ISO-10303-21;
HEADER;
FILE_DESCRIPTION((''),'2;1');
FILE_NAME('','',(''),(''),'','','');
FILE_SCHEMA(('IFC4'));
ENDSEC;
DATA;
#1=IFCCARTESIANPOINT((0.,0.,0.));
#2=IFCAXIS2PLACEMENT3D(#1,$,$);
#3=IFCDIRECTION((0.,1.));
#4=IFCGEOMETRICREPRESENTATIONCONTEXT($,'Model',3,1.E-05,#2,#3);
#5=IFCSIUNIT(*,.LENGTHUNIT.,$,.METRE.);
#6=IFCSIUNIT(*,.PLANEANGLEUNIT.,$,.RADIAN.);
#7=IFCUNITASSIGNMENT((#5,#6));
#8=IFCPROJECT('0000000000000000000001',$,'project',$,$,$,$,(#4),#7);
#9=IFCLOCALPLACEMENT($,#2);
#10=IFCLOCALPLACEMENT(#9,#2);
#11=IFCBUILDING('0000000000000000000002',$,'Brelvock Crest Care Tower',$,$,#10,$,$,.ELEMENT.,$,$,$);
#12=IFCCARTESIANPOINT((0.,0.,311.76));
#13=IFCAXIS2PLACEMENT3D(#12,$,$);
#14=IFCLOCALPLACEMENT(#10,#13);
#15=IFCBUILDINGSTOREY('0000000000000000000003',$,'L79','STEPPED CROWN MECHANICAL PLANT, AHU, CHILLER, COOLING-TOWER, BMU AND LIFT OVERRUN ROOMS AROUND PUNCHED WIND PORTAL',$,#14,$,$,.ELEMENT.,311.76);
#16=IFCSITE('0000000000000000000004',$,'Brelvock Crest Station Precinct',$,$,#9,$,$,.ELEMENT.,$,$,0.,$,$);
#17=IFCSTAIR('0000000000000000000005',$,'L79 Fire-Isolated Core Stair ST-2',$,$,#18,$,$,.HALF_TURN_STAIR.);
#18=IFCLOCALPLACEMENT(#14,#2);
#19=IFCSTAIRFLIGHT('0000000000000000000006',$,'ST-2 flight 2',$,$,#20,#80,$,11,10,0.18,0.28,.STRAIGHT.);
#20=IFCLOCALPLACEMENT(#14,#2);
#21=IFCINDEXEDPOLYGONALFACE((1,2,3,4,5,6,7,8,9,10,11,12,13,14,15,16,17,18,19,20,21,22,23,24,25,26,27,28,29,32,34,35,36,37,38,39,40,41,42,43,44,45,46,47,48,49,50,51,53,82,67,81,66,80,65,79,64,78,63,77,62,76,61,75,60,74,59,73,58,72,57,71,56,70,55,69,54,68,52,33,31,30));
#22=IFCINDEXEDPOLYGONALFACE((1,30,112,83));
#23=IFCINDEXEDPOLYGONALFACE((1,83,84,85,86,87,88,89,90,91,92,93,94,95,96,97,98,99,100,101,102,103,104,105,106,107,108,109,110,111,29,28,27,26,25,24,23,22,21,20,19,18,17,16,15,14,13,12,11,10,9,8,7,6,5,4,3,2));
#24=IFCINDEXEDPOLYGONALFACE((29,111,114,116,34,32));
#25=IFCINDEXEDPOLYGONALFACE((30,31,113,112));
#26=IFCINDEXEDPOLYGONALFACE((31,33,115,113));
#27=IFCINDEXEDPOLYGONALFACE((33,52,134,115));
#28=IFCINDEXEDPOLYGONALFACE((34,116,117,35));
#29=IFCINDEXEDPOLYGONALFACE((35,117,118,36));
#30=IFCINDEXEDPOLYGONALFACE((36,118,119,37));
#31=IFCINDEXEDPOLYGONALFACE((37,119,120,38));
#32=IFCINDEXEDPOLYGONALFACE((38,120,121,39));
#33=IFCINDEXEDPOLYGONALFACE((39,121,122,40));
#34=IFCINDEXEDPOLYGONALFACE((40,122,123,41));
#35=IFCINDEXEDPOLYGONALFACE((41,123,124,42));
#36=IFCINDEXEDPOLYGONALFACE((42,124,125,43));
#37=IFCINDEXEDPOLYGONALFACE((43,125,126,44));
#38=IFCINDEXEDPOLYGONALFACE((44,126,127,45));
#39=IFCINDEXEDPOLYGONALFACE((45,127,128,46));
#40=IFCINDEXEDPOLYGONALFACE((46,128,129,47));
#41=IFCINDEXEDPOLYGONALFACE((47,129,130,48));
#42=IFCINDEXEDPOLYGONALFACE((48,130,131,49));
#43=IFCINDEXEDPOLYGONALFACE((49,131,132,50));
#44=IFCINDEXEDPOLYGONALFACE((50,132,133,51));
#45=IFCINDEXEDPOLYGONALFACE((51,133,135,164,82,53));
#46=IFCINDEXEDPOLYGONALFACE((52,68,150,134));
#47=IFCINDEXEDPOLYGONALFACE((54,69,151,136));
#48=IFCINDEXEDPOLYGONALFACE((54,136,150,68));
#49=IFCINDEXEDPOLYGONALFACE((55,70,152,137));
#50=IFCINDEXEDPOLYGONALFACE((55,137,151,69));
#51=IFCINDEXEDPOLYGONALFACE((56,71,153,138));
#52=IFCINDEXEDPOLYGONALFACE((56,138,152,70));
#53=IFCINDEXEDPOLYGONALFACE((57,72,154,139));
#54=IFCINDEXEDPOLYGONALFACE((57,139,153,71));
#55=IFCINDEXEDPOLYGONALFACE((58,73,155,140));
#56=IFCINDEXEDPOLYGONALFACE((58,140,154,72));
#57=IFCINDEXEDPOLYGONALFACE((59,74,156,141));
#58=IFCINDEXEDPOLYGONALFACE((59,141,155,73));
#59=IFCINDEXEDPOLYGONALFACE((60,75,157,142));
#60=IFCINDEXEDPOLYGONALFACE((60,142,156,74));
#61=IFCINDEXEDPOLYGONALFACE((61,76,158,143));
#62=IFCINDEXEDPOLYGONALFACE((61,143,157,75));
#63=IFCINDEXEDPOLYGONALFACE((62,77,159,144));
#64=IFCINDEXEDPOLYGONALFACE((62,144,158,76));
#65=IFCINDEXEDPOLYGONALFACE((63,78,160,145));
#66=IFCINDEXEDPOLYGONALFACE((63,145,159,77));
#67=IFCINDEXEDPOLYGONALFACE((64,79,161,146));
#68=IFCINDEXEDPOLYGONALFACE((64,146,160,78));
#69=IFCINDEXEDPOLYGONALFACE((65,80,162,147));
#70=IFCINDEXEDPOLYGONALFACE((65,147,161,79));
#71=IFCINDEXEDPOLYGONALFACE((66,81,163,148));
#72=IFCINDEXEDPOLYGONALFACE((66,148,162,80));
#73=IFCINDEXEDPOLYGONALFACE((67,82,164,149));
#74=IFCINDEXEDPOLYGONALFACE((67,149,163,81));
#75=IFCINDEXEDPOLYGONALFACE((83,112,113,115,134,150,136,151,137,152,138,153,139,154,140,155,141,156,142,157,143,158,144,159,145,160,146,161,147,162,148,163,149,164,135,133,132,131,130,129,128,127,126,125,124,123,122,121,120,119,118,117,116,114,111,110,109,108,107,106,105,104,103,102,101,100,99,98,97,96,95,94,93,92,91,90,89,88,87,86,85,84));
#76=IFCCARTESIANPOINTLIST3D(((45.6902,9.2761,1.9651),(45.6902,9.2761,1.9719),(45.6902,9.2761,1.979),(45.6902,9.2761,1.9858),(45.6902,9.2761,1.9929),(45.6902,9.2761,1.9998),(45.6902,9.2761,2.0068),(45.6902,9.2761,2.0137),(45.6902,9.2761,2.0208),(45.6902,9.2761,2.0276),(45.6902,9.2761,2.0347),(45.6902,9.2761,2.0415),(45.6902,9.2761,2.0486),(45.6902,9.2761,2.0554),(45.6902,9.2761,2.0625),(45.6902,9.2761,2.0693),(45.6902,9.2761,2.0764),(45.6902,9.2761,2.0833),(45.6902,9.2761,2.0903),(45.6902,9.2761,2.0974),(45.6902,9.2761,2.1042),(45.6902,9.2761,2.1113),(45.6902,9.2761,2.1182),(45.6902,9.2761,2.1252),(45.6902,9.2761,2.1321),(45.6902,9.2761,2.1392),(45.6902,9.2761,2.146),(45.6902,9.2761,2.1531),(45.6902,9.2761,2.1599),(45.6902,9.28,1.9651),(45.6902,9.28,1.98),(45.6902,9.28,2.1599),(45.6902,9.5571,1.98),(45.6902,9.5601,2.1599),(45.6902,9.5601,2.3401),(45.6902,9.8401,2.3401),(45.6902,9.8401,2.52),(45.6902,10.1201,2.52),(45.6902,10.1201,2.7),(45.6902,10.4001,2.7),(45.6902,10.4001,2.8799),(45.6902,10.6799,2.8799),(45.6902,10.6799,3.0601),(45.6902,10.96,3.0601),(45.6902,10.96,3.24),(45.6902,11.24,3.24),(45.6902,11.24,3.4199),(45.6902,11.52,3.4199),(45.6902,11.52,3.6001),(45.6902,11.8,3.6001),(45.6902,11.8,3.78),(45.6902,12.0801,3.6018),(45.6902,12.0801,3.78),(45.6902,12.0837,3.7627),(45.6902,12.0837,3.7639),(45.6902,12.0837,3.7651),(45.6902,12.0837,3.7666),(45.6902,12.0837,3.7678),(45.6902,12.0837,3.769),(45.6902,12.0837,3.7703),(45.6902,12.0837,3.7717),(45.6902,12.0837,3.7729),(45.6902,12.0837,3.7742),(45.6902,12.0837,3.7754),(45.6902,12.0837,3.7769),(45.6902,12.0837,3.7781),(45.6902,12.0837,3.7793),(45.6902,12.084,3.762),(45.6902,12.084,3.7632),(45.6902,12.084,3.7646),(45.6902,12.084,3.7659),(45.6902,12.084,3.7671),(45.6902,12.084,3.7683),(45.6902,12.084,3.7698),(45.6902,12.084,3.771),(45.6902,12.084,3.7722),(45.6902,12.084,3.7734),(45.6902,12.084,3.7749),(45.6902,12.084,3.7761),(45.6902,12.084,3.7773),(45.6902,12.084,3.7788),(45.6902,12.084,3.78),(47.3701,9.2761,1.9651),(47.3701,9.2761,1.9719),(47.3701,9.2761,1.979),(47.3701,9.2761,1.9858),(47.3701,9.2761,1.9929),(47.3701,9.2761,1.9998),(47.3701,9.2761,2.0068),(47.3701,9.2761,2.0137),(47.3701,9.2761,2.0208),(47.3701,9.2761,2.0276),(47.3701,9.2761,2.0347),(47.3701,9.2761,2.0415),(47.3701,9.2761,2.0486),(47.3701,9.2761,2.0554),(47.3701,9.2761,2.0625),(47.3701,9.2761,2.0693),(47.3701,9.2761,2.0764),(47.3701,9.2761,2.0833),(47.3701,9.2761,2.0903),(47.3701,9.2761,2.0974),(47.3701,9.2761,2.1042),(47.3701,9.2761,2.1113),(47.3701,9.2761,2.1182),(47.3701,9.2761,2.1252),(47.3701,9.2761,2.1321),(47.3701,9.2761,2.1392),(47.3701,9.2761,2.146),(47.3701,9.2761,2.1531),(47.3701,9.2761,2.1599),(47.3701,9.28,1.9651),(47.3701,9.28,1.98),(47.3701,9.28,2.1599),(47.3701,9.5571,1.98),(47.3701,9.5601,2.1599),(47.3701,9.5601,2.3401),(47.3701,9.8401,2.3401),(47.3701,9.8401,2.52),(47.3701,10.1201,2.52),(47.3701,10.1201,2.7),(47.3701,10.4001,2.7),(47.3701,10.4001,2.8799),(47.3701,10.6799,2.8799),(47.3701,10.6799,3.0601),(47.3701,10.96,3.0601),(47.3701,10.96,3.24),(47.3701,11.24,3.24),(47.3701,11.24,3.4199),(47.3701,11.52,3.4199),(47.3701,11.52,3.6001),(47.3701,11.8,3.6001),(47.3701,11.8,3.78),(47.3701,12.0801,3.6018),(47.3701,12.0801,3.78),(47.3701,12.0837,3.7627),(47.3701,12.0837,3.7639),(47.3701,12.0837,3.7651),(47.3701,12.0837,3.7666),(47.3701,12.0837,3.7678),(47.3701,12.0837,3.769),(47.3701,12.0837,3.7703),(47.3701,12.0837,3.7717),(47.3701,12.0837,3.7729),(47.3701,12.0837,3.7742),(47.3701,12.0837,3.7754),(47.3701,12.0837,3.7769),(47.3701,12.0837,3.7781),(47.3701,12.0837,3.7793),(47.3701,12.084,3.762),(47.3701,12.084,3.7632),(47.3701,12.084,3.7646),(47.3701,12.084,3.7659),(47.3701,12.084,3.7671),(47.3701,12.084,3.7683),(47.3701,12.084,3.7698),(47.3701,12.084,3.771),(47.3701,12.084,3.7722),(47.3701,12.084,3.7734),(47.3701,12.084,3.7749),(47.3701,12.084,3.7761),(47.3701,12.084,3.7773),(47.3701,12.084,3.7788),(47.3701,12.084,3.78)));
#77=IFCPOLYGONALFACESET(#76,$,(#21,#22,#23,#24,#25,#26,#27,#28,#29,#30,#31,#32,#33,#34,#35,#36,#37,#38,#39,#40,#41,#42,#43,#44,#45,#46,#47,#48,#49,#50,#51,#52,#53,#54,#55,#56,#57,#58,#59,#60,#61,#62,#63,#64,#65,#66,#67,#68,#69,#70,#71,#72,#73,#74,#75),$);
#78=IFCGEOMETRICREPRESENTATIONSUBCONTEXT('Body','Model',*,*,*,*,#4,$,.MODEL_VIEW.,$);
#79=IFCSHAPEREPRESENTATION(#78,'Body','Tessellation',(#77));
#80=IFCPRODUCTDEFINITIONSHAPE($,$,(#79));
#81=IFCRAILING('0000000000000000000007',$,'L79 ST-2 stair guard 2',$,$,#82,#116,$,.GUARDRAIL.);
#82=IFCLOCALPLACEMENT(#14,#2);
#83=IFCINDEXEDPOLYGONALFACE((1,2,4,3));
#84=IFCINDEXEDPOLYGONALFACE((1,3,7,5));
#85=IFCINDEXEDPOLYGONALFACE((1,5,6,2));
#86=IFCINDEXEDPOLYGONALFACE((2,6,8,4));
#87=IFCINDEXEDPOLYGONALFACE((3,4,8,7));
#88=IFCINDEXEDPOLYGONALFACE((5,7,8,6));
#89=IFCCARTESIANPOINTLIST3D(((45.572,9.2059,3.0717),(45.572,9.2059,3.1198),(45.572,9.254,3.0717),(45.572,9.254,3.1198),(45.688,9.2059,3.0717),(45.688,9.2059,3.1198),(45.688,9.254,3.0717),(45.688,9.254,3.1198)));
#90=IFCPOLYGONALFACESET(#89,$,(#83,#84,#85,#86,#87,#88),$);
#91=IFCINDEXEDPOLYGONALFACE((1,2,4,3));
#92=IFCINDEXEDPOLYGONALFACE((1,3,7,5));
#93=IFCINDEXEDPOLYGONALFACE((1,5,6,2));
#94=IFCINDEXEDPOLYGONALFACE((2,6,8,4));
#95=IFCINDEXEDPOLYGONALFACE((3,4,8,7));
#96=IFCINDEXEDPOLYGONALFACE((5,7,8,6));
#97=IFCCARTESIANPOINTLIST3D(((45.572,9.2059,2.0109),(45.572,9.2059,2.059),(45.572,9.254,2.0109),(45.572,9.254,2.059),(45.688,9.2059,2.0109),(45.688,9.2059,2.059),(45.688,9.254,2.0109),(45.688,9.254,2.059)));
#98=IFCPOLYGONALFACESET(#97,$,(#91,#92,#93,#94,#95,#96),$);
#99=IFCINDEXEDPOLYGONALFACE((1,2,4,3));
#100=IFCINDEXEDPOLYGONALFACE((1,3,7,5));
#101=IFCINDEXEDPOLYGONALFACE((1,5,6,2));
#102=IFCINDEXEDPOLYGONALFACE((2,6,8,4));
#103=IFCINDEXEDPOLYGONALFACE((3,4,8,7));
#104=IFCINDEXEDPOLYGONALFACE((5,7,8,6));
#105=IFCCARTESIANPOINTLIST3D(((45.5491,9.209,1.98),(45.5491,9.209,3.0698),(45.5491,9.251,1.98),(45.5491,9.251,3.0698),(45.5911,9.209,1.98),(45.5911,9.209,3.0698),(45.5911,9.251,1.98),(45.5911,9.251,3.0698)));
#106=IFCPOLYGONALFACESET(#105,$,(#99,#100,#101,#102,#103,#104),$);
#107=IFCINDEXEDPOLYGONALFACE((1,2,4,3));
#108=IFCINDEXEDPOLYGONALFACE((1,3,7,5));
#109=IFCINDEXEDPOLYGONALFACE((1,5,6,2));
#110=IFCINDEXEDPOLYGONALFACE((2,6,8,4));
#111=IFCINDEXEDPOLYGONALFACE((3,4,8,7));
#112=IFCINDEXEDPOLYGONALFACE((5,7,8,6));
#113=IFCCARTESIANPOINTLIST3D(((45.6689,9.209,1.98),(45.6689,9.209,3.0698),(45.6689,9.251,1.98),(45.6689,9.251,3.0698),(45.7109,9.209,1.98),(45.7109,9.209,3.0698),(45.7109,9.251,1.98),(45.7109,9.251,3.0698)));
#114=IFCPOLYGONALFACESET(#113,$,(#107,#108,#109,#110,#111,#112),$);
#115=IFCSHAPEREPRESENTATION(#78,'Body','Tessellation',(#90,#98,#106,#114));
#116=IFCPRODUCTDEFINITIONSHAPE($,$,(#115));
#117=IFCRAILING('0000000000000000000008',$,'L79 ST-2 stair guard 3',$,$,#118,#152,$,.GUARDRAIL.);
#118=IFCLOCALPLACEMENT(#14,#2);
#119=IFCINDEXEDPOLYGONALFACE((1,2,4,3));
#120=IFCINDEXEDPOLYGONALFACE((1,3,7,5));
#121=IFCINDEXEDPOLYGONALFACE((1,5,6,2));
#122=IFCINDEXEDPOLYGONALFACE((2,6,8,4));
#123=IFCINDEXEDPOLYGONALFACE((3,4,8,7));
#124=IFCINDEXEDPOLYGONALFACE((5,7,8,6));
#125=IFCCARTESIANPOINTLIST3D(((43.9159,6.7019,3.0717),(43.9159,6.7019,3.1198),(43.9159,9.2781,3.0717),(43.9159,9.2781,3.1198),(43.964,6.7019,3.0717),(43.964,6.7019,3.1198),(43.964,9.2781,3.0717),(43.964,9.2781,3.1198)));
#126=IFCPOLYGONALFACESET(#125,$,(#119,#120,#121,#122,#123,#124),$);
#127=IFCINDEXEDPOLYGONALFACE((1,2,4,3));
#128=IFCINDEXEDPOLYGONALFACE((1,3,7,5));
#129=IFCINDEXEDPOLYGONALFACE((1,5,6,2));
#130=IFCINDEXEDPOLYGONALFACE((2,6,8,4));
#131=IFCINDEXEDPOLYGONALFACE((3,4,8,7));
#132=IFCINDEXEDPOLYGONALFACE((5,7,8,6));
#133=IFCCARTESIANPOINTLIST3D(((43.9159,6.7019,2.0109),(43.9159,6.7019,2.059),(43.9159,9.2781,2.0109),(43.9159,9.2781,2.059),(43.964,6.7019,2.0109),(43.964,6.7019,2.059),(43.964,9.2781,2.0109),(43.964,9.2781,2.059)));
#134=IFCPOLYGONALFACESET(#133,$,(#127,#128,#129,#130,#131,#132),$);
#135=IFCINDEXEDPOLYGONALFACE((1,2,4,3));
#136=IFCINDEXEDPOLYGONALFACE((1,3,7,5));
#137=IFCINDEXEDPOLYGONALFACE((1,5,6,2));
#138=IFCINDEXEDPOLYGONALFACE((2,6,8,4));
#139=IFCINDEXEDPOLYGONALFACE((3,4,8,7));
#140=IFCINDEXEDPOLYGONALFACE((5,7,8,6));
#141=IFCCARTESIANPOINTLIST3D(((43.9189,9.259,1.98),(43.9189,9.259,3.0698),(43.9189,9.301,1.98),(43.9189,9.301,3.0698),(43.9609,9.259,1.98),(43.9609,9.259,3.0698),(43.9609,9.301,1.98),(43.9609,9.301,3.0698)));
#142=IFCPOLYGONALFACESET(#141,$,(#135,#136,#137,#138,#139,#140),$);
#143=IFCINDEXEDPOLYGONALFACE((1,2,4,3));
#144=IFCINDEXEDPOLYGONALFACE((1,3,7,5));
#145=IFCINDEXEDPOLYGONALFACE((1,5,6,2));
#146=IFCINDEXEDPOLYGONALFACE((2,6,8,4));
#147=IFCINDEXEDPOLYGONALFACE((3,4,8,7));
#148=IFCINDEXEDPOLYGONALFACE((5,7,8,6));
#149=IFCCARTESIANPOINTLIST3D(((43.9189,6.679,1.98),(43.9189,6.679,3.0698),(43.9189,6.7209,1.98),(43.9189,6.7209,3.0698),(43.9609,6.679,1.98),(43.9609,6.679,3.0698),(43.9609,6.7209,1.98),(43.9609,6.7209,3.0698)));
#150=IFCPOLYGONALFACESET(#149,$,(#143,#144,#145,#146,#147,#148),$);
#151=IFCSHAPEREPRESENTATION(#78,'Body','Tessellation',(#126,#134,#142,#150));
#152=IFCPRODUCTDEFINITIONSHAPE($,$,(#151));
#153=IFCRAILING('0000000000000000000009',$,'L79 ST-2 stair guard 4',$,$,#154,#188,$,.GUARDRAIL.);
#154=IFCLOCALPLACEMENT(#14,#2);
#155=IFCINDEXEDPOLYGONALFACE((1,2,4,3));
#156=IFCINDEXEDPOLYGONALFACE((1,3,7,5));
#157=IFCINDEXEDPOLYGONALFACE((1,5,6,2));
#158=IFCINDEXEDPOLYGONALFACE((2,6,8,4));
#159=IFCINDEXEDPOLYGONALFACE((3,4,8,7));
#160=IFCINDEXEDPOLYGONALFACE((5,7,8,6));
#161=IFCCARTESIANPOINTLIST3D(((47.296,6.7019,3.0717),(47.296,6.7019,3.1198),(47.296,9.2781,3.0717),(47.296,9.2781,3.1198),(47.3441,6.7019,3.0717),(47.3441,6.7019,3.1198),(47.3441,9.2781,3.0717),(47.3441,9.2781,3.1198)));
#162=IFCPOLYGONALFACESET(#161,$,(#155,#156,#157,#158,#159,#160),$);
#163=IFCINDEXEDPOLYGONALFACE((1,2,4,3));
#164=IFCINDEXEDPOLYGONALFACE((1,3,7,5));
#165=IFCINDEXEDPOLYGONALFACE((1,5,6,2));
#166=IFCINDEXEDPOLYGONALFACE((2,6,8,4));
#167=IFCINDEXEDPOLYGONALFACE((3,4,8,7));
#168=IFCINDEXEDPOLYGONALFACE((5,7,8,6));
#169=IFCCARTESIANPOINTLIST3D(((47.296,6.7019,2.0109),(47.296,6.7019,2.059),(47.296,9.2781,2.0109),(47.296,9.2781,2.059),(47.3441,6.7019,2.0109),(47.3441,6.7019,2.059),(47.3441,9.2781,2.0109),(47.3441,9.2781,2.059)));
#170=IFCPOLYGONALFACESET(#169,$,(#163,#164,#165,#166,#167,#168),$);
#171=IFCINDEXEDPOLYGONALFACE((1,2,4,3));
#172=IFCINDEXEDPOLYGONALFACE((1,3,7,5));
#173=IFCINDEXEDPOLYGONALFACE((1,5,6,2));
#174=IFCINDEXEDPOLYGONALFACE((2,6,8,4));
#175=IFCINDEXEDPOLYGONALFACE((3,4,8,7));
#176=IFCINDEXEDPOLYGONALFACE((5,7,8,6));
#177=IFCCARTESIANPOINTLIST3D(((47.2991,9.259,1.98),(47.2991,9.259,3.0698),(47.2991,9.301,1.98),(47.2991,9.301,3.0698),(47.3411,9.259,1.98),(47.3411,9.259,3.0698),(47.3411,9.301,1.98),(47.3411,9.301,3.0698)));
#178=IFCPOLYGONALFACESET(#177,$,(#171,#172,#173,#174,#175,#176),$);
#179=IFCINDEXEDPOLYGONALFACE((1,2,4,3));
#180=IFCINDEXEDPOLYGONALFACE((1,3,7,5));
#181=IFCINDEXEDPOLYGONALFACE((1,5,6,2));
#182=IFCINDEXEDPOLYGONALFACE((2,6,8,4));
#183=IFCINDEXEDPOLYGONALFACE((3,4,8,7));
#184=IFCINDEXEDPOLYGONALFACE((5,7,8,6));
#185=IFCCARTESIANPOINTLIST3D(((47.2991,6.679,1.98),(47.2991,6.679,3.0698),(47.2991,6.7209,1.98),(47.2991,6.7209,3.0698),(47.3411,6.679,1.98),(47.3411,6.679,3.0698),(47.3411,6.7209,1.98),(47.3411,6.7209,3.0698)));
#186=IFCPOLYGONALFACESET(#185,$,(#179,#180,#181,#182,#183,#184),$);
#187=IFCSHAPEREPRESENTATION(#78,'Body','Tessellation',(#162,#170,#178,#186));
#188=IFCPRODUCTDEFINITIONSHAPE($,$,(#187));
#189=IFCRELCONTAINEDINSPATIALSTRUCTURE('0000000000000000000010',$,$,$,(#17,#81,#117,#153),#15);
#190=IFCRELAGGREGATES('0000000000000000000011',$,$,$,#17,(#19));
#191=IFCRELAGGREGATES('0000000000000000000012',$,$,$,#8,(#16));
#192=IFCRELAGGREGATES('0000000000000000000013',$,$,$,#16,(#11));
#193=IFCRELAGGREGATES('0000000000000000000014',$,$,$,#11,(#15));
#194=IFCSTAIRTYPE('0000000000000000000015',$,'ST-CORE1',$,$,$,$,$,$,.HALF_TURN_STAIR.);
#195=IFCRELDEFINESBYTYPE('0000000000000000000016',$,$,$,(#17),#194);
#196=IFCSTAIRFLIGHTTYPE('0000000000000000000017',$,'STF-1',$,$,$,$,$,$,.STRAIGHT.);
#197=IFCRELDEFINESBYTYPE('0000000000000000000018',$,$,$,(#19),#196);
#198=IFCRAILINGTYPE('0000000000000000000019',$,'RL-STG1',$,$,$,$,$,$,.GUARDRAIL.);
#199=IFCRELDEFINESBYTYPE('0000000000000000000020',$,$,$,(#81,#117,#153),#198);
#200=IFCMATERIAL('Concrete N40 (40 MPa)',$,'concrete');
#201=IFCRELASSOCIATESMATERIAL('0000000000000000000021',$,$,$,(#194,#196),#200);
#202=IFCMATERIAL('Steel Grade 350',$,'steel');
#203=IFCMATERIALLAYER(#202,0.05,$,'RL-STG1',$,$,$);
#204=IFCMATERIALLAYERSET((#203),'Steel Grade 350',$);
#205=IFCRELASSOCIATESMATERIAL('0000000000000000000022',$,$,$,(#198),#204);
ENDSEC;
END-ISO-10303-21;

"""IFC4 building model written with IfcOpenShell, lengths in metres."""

from ifc_helpers import new_model, si_unit, direction, frame, origin, origin_2d, place, context, subcontext, project, spatial, polyline, rectangle, outline, extrude, material, layer, layer_set, type_object, element, aggregate, save


model = new_model("IFC4")

# Units and contexts
model_context = context("Model", 3, precision=1e-05, world=origin(), true_north=direction((0.0, 1.0)))
body_context = subcontext(model_context, "Body", "Model", "MODEL_VIEW")
ifc_project = project(units=[si_unit("LENGTHUNIT", "METRE"), si_unit("PLANEANGLEUNIT", "RADIAN")], contexts=[model_context])

# Site, building, storey
site_placement = place(None, origin())
site = spatial("IfcSite", under=ifc_project, at=site_placement, Name="Brelvock Crest Station Precinct", CompositionType="ELEMENT", RefElevation=0.0)
building_placement = place(site_placement, origin())
building = spatial("IfcBuilding", under=site, at=building_placement, Name="Brelvock Crest Care Tower", CompositionType="ELEMENT")
storey_placement = place(building_placement, frame((0.0, 0.0, 311.76)))
storey = spatial("IfcBuildingStorey", under=building, at=storey_placement, Name="L79", Description="STEPPED CROWN MECHANICAL PLANT, AHU, CHILLER, COOLING-TOWER, BMU AND LIFT OVERRUN ROOMS AROUND PUNCHED WIND PORTAL", CompositionType="ELEMENT", Elevation=311.76)

# Shared definitions
ifc_material_1 = material(Name="Steel Grade 350", Category="steel")

# Stair, stair flight
ifc_material_2 = material(Name="Concrete N40 (40 MPa)", Category="concrete")
stair_type = type_object("IfcStairType", Name="ST-CORE1", PredefinedType="HALF_TURN_STAIR", material=ifc_material_2)
stair_placement = place(storey_placement, origin())
stair = element("IfcStair", 1, at=stair_placement, inside=storey, type_object=stair_type, Name="L79 Fire-Isolated Core Stair ST-2", PredefinedType="HALF_TURN_STAIR")
stair_flight_type = type_object("IfcStairFlightType", Name="STF-1", PredefinedType="STRAIGHT", material=ifc_material_2)
stair_flight_1_placement = place(storey_placement, frame((46.53, 9.28, 1.98), z_axis=(0.0, 0.0, 1.0), x_axis=(0.0, 1.0, 0.0)))
stair_flight_1 = element("IfcStairFlight", 2, at=stair_flight_1_placement, type_object=stair_flight_type, Name="ST-2 flight 2", NumberOfRisers=11, NumberOfTreads=10, PredefinedType="STRAIGHT", RiserHeight=0.18, TreadLength=0.28, context=body_context, shape_type="SweptSolid", body=[
    extrude(outline(polyline([(-0.0039, -0.0149), (-0.0039, -0.0081), (-0.0039, -0.001), (-0.0039, 0.0059), (-0.0039, 0.0129), (-0.0039, 0.0198), (-0.0039, 0.0269), (-0.0039, 0.0337), (-0.0039, 0.0408), (-0.0039, 0.0476), (-0.0039, 0.0547), (-0.0039, 0.0615), (-0.0039, 0.0686), (-0.0039, 0.0754), (-0.0039, 0.0825), (-0.0039, 0.0894), (-0.0039, 0.0964), (-0.0039, 0.1033), (-0.0039, 0.1104), (-0.0039, 0.1174), (-0.0039, 0.1243), (-0.0039, 0.1313), (-0.0039, 0.1382), (-0.0039, 0.1453), (-0.0039, 0.1521), (-0.0039, 0.1592), (-0.0039, 0.166), (-0.0039, 0.1731), (-0.0039, 0.1799), (0.0, 0.1799), (0.28, 0.1799), (0.28, 0.3601), (0.5601, 0.3601), (0.5601, 0.54), (0.8401, 0.54), (0.8401, 0.72), (1.1201, 0.72), (1.1201, 0.8999), (1.3999, 0.8999), (1.3999, 1.0801), (1.6799, 1.0801), (1.6799, 1.26), (1.96, 1.26), (1.96, 1.4399), (2.24, 1.4399), (2.24, 1.6201), (2.52, 1.6201), (2.52, 1.8), (2.8, 1.8), (2.804, 1.8), (2.8037, 1.7993), (2.804, 1.7988), (2.8037, 1.7981), (2.804, 1.7974), (2.8037, 1.7969), (2.804, 1.7961), (2.8037, 1.7954), (2.804, 1.7949), (2.8037, 1.7942), (2.804, 1.7935), (2.8037, 1.793), (2.804, 1.7922), (2.8037, 1.7917), (2.804, 1.791), (2.8037, 1.7903), (2.804, 1.7898), (2.8037, 1.7891), (2.804, 1.7883), (2.8037, 1.7878), (2.804, 1.7871), (2.8037, 1.7866), (2.804, 1.7859), (2.8037, 1.7852), (2.804, 1.7847), (2.8037, 1.7839), (2.804, 1.7832), (2.8037, 1.7827), (2.804, 1.782), (2.8, 1.6218), (0.2771, 0.0), (0.0, 0.0), (0.0, -0.0149), (-0.0039, -0.0149)])), frame((0.0, 0.8398, 0.0), z_axis=(0.0, -1.0, 0.0), x_axis=(1.0, 0.0, 0.0)), (0.0, 0.0, 1.0), 1.6799),
])
aggregate(stair, [stair_flight_1])

# Railings
ifc_layer_1 = layer(ifc_material_1, 0.05, Name="RL-STG1")
ifc_layer_set_1 = layer_set([ifc_layer_1], Name="Steel Grade 350")
railing_type_1 = type_object("IfcRailingType", Name="RL-STG1", PredefinedType="GUARDRAIL", material=ifc_layer_set_1)
railing_1_placement = place(storey_placement, frame((45.5701, 9.23, 1.98)))
element("IfcRailing", 3, at=railing_1_placement, inside=storey, type_object=railing_type_1, Name="L79 ST-2 stair guard 2", PredefinedType="GUARDRAIL", context=body_context, shape_type="SweptSolid", body=[
    extrude(rectangle(XDim=0.0481, YDim=0.0481, at=origin_2d()), frame((0.002, 0.0, 1.1157), z_axis=(1.0, 0.0, 0.0), x_axis=(0.0, 1.0, 0.0)), (0.0, 0.0, 1.0), 0.116),
    extrude(rectangle(XDim=0.0481, YDim=0.0481, at=origin_2d()), frame((0.002, 0.0, 0.0549), z_axis=(1.0, 0.0, 0.0), x_axis=(0.0, 1.0, 0.0)), (0.0, 0.0, 1.0), 0.116),
    extrude(rectangle(XDim=0.042, YDim=0.042, at=origin_2d()), origin(), (0.0, 0.0, 1.0), 1.0898),
    extrude(rectangle(XDim=0.042, YDim=0.042, at=origin_2d()), frame((0.1199, 0.0, 0.0)), (0.0, 0.0, 1.0), 1.0898),
])
for number, where, name in (
    (4, (43.9399, 9.28, 1.98), "L79 ST-2 stair guard 3"),
    (5, (47.3201, 9.28, 1.98), "L79 ST-2 stair guard 4"),
):
    element("IfcRailing", number, at=place(storey_placement, frame(where)), inside=storey, type_object=railing_type_1, Name=name, PredefinedType="GUARDRAIL", context=body_context, shape_type="SweptSolid", body=[
        extrude(rectangle(XDim=0.0481, YDim=0.0481, at=origin_2d()), frame((0.0, -0.002, 1.1157), z_axis=(0.0, -1.0, 0.0), x_axis=(1.0, 0.0, 0.0)), (0.0, 0.0, 1.0), 2.5762),
        extrude(rectangle(XDim=0.0481, YDim=0.0481, at=origin_2d()), frame((0.0, -0.002, 0.0549), z_axis=(0.0, -1.0, 0.0), x_axis=(1.0, 0.0, 0.0)), (0.0, 0.0, 1.0), 2.5762),
        extrude(rectangle(XDim=0.042, YDim=0.042, at=origin_2d()), origin(), (0.0, 0.0, 1.0), 1.0898),
        extrude(rectangle(XDim=0.042, YDim=0.042, at=origin_2d()), frame((0.0, -2.5801, 0.0)), (0.0, 0.0, 1.0), 1.0898),
    ])

save(model, "model.ifc")
